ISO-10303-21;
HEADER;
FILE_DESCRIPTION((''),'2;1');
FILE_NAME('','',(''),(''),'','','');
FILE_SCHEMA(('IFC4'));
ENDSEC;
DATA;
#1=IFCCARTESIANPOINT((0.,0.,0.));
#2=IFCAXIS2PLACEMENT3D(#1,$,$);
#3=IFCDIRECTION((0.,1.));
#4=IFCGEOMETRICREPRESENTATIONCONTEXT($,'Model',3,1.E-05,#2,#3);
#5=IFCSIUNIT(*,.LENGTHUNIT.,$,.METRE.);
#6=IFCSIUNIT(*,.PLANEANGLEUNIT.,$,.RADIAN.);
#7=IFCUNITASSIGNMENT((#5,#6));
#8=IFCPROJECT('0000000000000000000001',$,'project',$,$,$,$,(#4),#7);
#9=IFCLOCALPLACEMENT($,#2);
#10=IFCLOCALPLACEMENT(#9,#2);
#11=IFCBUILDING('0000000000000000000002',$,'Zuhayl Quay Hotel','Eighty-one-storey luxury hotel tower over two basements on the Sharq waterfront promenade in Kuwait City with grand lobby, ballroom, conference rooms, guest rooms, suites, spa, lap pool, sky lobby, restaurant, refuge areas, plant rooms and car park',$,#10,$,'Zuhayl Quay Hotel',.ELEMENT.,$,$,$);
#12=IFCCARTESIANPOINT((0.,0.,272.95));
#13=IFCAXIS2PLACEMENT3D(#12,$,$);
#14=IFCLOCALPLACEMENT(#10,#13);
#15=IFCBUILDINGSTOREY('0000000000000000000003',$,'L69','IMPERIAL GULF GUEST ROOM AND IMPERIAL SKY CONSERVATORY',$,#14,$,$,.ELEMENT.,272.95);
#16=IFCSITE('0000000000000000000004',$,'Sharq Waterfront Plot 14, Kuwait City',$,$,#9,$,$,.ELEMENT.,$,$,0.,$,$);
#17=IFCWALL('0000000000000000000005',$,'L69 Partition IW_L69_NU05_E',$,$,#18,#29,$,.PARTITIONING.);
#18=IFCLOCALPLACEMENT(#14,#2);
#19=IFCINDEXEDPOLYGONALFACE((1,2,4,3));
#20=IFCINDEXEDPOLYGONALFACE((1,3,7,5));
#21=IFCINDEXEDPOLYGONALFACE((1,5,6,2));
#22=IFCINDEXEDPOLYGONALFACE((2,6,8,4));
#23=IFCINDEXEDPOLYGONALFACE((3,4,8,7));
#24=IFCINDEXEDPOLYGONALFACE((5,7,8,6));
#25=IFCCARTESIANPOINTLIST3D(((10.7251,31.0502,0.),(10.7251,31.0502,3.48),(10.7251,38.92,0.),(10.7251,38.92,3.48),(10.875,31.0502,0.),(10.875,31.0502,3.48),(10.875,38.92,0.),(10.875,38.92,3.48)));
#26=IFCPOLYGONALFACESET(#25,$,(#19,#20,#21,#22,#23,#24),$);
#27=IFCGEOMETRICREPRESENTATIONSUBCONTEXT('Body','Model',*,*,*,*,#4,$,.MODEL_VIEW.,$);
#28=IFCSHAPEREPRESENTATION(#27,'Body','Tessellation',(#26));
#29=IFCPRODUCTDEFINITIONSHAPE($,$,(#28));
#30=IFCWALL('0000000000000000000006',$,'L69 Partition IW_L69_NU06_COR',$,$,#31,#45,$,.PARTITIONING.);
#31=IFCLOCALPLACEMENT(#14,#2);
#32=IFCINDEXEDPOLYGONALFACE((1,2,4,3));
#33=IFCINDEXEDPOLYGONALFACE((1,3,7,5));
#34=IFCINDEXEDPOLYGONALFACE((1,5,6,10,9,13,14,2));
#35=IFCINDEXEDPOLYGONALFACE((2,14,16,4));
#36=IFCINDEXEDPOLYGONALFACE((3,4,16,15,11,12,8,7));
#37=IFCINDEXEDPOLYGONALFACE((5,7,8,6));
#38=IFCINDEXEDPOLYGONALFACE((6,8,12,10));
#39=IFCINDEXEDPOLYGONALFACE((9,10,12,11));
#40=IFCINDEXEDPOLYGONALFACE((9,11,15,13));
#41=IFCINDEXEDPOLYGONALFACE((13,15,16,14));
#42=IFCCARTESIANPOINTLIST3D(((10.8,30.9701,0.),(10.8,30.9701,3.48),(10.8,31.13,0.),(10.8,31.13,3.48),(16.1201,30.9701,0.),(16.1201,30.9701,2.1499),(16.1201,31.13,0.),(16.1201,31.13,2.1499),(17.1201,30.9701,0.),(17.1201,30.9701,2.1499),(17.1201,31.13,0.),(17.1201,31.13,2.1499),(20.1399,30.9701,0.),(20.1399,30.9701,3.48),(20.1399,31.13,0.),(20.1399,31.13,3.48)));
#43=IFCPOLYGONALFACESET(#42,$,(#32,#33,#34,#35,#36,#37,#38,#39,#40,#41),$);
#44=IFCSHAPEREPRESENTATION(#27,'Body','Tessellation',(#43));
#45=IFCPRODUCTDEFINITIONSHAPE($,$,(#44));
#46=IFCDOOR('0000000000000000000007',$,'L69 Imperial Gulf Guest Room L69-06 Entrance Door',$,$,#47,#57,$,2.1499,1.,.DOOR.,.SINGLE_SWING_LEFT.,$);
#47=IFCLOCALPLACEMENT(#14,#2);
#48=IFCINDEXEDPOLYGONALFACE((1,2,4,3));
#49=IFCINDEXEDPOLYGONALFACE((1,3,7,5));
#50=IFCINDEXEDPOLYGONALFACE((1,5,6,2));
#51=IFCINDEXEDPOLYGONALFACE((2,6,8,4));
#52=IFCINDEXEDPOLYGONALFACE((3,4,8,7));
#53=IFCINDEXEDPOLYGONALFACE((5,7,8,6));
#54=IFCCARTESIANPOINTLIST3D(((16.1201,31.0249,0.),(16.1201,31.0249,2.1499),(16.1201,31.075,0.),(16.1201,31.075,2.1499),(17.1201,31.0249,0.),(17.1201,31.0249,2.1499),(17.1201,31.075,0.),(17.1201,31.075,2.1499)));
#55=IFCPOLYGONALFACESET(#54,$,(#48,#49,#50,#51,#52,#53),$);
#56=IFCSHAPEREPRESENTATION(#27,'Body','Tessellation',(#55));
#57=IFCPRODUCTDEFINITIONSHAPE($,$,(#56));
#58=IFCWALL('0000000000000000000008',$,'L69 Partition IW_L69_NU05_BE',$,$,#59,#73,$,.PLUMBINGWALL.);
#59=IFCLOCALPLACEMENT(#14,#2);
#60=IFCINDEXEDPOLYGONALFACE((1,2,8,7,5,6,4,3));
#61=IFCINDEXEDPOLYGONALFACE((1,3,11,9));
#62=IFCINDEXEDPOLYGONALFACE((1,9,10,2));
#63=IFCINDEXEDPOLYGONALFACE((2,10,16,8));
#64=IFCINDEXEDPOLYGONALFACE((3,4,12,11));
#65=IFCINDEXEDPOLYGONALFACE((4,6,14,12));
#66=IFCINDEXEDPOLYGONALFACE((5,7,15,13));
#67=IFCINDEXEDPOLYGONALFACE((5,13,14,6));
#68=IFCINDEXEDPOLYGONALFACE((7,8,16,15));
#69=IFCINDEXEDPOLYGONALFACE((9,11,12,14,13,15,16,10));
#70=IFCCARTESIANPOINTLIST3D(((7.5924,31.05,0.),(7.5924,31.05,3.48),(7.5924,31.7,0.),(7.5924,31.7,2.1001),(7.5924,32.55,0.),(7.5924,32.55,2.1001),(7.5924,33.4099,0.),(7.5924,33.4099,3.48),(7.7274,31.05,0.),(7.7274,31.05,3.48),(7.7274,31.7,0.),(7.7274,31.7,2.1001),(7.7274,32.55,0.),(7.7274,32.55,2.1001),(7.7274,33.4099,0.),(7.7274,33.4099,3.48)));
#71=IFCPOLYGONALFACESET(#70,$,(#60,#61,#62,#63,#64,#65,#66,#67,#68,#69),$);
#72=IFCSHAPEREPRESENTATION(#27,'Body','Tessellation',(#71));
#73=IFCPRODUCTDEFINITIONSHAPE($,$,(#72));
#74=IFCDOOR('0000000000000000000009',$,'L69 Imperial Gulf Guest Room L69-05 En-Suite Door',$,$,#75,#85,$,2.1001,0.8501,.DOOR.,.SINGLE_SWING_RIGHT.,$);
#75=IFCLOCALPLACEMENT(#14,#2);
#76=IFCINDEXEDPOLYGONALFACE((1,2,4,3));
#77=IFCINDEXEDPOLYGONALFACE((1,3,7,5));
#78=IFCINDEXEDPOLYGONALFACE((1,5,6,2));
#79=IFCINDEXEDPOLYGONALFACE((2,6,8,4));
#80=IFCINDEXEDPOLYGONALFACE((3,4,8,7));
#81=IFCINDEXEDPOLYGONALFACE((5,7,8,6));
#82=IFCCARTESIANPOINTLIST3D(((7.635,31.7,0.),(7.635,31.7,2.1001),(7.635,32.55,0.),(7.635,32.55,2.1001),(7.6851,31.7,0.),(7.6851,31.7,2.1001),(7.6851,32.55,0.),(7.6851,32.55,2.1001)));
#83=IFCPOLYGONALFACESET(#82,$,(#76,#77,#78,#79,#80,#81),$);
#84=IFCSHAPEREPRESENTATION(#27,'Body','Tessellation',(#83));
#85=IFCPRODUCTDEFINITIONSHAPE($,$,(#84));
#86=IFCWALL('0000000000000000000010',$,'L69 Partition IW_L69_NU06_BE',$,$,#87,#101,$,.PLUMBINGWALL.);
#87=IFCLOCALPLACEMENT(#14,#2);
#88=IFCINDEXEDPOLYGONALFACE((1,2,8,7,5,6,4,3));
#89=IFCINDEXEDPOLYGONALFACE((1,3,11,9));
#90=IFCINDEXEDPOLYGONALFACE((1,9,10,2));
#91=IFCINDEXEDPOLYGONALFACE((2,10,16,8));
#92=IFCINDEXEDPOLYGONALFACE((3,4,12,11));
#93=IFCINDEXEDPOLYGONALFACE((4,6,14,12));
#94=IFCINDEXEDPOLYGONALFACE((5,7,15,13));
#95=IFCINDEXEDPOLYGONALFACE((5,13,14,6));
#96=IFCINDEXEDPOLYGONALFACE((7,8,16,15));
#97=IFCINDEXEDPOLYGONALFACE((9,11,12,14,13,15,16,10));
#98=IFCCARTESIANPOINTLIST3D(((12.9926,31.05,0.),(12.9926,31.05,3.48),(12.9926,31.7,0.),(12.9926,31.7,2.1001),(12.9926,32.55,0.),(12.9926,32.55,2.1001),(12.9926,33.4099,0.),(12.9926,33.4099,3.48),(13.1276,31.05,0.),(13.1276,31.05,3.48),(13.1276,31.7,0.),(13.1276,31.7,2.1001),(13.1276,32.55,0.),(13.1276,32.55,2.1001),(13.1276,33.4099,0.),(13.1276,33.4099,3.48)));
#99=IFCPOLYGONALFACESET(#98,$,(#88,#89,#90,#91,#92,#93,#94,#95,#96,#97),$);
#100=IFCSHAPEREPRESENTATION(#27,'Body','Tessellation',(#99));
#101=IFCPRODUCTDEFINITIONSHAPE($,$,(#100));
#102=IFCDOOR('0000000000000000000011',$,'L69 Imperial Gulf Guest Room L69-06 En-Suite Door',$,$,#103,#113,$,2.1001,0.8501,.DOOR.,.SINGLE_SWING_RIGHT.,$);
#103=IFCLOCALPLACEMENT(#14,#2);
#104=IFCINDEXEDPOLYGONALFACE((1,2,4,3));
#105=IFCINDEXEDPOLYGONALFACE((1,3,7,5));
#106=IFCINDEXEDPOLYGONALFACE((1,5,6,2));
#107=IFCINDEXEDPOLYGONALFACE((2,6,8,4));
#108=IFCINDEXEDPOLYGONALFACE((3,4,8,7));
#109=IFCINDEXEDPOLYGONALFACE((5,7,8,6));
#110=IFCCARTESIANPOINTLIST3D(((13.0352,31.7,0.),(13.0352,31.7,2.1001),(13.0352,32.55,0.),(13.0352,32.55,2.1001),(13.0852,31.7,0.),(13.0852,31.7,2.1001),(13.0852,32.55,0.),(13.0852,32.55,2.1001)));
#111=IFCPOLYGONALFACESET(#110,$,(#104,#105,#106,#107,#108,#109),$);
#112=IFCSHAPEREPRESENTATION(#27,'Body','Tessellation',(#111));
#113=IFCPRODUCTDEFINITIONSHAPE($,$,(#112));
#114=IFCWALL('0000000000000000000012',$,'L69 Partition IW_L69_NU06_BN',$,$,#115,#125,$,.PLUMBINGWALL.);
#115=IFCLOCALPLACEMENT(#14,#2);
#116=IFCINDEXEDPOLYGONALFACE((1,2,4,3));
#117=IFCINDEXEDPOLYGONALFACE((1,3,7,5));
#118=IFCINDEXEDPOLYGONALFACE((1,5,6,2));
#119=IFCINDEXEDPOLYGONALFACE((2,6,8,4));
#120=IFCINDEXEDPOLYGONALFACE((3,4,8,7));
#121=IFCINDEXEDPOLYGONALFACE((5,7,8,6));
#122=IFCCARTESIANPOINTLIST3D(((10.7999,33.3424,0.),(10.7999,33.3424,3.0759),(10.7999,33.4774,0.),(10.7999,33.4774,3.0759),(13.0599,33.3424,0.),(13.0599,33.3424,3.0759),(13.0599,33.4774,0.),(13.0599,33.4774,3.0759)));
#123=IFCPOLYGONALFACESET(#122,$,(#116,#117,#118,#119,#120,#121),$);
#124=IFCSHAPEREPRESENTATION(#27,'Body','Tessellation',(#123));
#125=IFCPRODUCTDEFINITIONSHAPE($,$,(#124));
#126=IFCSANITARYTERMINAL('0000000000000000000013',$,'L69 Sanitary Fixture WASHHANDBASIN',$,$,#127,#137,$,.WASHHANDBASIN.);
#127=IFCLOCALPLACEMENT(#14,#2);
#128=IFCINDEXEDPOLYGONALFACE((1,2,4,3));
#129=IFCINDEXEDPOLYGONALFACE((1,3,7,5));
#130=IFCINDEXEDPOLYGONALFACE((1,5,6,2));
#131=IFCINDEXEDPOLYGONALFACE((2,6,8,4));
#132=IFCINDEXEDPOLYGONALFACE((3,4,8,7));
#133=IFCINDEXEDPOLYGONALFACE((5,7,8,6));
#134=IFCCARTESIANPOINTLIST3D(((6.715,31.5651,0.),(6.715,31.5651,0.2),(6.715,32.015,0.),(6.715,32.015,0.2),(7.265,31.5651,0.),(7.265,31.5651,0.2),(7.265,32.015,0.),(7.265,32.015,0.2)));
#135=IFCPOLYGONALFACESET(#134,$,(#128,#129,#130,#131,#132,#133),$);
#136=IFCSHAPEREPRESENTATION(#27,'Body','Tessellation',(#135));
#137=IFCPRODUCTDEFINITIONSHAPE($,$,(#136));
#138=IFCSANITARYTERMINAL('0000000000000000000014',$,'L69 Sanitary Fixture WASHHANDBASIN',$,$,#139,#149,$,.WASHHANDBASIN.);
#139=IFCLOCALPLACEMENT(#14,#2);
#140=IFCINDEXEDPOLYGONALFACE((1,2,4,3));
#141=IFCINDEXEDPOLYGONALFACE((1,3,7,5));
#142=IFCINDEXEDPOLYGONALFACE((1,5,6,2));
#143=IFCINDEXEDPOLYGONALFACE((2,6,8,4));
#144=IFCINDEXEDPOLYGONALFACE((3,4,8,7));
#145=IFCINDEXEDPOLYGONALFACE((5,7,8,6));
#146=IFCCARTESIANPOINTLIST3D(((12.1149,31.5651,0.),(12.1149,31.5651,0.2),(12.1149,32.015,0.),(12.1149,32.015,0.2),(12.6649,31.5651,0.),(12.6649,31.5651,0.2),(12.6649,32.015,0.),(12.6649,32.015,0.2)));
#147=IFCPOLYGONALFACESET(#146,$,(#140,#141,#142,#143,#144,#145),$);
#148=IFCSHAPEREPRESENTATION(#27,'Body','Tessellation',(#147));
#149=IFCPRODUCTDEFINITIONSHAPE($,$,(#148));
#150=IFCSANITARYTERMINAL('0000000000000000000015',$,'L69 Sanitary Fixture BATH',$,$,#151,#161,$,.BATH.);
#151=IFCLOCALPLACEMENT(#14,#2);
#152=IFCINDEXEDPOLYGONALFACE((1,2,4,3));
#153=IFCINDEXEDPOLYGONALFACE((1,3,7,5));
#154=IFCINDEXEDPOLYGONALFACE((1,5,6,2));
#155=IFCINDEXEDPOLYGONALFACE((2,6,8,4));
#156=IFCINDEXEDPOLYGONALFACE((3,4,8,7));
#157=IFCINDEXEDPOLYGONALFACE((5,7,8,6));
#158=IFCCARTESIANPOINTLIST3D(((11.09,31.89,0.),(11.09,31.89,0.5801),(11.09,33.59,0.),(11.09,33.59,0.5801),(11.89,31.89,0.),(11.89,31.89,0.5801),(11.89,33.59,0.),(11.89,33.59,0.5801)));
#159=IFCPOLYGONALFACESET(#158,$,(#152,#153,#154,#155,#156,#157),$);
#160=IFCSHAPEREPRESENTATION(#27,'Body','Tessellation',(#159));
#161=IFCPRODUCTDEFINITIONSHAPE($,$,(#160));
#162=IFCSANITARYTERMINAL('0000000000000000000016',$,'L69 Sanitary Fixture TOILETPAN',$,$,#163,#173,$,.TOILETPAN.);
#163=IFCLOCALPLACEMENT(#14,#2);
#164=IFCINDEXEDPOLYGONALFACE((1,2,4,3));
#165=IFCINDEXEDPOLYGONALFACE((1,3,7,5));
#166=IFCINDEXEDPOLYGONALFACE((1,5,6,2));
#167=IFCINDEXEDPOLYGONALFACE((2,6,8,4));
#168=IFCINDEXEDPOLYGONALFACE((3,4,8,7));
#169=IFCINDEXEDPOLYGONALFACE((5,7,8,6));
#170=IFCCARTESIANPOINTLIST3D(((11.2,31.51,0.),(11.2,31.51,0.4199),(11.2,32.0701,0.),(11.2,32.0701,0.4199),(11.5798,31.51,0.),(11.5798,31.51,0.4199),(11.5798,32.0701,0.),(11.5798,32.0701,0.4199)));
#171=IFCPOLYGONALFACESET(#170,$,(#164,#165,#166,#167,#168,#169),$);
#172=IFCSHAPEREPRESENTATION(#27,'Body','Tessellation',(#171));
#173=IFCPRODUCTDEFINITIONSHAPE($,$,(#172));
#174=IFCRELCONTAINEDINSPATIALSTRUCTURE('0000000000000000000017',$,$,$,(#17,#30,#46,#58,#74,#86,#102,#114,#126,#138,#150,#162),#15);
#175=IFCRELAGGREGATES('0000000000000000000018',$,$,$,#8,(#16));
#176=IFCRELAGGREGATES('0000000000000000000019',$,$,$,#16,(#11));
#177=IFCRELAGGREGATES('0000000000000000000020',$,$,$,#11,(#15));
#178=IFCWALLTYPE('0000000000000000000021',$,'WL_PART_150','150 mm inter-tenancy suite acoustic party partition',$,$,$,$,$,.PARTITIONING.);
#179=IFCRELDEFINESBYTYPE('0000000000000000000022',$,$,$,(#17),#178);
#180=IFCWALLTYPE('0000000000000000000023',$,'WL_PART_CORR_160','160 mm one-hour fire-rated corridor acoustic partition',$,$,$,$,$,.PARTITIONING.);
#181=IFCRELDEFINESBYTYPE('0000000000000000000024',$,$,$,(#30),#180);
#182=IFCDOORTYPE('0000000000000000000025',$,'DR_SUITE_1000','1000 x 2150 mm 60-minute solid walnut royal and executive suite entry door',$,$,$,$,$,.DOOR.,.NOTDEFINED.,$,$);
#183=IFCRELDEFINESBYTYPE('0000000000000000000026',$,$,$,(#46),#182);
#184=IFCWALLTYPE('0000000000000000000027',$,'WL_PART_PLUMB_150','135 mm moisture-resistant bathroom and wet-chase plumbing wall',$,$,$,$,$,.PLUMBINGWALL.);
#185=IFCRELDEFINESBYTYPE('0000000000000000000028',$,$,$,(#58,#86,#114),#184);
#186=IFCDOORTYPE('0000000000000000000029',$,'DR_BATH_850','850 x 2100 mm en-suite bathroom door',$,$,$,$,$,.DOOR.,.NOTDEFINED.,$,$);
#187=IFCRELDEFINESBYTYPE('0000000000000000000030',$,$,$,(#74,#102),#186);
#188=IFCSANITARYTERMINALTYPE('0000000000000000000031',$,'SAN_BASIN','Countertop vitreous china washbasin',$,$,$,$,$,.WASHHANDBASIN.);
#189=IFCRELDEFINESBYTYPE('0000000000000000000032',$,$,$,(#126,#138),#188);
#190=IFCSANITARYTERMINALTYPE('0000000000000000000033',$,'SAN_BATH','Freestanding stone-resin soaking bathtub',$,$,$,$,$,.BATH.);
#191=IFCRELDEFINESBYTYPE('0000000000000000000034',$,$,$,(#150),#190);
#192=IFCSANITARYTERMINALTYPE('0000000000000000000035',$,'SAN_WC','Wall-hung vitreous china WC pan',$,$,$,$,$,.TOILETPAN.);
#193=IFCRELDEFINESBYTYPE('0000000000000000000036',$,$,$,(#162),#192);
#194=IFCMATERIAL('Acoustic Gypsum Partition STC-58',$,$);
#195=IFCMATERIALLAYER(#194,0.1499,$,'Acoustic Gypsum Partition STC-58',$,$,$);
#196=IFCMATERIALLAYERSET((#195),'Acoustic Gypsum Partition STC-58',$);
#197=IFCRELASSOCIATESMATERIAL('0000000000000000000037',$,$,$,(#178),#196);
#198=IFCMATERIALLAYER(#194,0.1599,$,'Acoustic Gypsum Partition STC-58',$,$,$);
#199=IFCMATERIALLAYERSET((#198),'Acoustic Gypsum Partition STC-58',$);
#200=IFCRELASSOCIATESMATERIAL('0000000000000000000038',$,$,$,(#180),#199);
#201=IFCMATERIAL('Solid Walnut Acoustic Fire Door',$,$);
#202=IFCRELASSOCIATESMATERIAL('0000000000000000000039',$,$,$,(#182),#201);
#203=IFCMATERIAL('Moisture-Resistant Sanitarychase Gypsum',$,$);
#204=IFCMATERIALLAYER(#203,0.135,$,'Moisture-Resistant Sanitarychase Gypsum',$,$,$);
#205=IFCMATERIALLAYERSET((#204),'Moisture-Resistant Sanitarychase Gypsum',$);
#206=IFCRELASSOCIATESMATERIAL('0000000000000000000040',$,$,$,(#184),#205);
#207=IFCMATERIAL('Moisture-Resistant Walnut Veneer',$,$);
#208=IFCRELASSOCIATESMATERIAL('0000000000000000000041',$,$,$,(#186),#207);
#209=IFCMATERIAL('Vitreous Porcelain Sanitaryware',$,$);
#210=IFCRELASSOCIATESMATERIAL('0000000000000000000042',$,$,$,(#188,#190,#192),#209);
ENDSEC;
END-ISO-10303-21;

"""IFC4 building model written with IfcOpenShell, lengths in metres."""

from ifc_helpers import new_model, si_unit, direction, frame, frame_2d, origin, origin_2d, place, context, subcontext, project, spatial, rectangle, extrude, material, layer, layer_set, type_object, element, fill, save


model = new_model("IFC4")

# Units and contexts
model_context = context("Model", 3, precision=1e-05, world=origin(), true_north=direction((0.0, 1.0)))
body_context = subcontext(model_context, "Body", "Model", "MODEL_VIEW")
ifc_project = project(units=[si_unit("LENGTHUNIT", "METRE"), si_unit("PLANEANGLEUNIT", "RADIAN")], contexts=[model_context])

# Site, building, storey
site_placement = place(None, origin())
site = spatial("IfcSite", under=ifc_project, at=site_placement, Name="Sharq Waterfront Plot 14, Kuwait City", CompositionType="ELEMENT", RefElevation=0.0)
building_placement = place(site_placement, origin())
building = spatial("IfcBuilding", under=site, at=building_placement, Name="Zuhayl Quay Hotel", Description="Eighty-one-storey luxury hotel tower over two basements on the Sharq waterfront promenade in Kuwait City with grand lobby, ballroom, conference rooms, guest rooms, suites, spa, lap pool, sky lobby, restaurant, refuge areas, plant rooms and car park", LongName="Zuhayl Quay Hotel", CompositionType="ELEMENT")
storey_placement = place(building_placement, frame((0.0, 0.0, 272.95)))
storey = spatial("IfcBuildingStorey", under=building, at=storey_placement, Name="L69", Description="IMPERIAL GULF GUEST ROOM AND IMPERIAL SKY CONSERVATORY", CompositionType="ELEMENT", Elevation=272.95)

# Wall
ifc_material_1 = material(Name="Acoustic Gypsum Partition STC-58")
ifc_layer_1 = layer(ifc_material_1, 0.1499, Name="Acoustic Gypsum Partition STC-58")
ifc_layer_set_1 = layer_set([ifc_layer_1], Name="Acoustic Gypsum Partition STC-58")
wall_type_1 = type_object("IfcWallType", Name="WL_PART_150", Description="150 mm inter-tenancy suite acoustic party partition", PredefinedType="PARTITIONING", material=ifc_layer_set_1)
wall_1_placement = place(storey_placement, frame((10.8, 31.05, 0.0), z_axis=(0.0, 0.0, 1.0), x_axis=(0.0, 1.0, 0.0)))
element("IfcWall", 1, at=wall_1_placement, inside=storey, type_object=wall_type_1, Name="L69 Partition IW_L69_NU05_E", PredefinedType="PARTITIONING", context=body_context, shape_type="SweptSolid", body=[
    extrude(rectangle(XDim=7.8699, YDim=0.1499, at=frame_2d((3.9351, 0.0))), origin(), (0.0, 0.0, 1.0), 3.48),
])

# Walls, openings, doors
ifc_layer_2 = layer(ifc_material_1, 0.1599, Name="Acoustic Gypsum Partition STC-58")
ifc_layer_set_2 = layer_set([ifc_layer_2], Name="Acoustic Gypsum Partition STC-58")
wall_type_2 = type_object("IfcWallType", Name="WL_PART_CORR_160", Description="160 mm one-hour fire-rated corridor acoustic partition", PredefinedType="PARTITIONING", material=ifc_layer_set_2)
wall_2_placement = place(storey_placement, frame((10.8, 31.05, 0.0), z_axis=(0.0, 0.0, 1.0), x_axis=(1.0, 0.0, 0.0)))
wall_2 = element("IfcWall", 2, at=wall_2_placement, inside=storey, type_object=wall_type_2, Name="L69 Partition IW_L69_NU06_COR", PredefinedType="PARTITIONING", context=body_context, shape_type="SweptSolid", body=[
    extrude(rectangle(XDim=9.3398, YDim=0.1599, at=frame_2d((4.6699, 0.0))), origin(), (0.0, 0.0, 1.0), 3.48),
])
opening_1_placement = place(wall_2_placement, frame((5.3201, 0.0, 0.0)))
opening_1 = element("IfcOpeningElement", 3, at=opening_1_placement, cuts=wall_2, PredefinedType="OPENING", context=body_context, shape_type="SweptSolid", body=[
    extrude(rectangle(XDim=1.0, YDim=2.1499, at=frame_2d((0.5, 1.075))), frame((0.0, 0.0898, 0.0), z_axis=(0.0, -1.0, 0.0), x_axis=(1.0, 0.0, 0.0)), (0.0, 0.0, 1.0), 0.1799),
])
ifc_material_2 = material(Name="Solid Walnut Acoustic Fire Door")
door_type_1 = type_object("IfcDoorType", Name="DR_SUITE_1000", Description="1000 x 2150 mm 60-minute solid walnut royal and executive suite entry door", OperationType="NOTDEFINED", PredefinedType="DOOR", material=ifc_material_2)
door_1_placement = place(opening_1_placement, origin())
door_1 = element("IfcDoor", 4, at=door_1_placement, inside=storey, type_object=door_type_1, Name="L69 Imperial Gulf Guest Room L69-06 Entrance Door", OperationType="SINGLE_SWING_LEFT", OverallHeight=2.1499, OverallWidth=1.0, PredefinedType="DOOR", context=body_context, shape_type="SweptSolid", body=[
    extrude(rectangle(XDim=1.0, YDim=2.1499, at=frame_2d((0.5, 1.075))), frame((0.0, 0.0249, 0.0), z_axis=(0.0, -1.0, 0.0), x_axis=(1.0, 0.0, 0.0)), (0.0, 0.0, 1.0), 0.05),
])
fill(opening_1, door_1)
ifc_material_3 = material(Name="Moisture-Resistant Sanitarychase Gypsum")
ifc_layer_3 = layer(ifc_material_3, 0.135, Name="Moisture-Resistant Sanitarychase Gypsum")
ifc_layer_set_3 = layer_set([ifc_layer_3], Name="Moisture-Resistant Sanitarychase Gypsum")
wall_type_3 = type_object("IfcWallType", Name="WL_PART_PLUMB_150", Description="135 mm moisture-resistant bathroom and wet-chase plumbing wall", PredefinedType="PLUMBINGWALL", material=ifc_layer_set_3)
wall_3_placement = place(storey_placement, frame((7.6599, 31.05, 0.0), z_axis=(0.0, 0.0, 1.0), x_axis=(0.0, 1.0, 0.0)))
wall_3 = element("IfcWall", 5, at=wall_3_placement, inside=storey, type_object=wall_type_3, Name="L69 Partition IW_L69_NU05_BE", PredefinedType="PLUMBINGWALL", context=body_context, shape_type="SweptSolid", body=[
    extrude(rectangle(XDim=2.3599, YDim=0.135, at=frame_2d((1.1799, 0.0))), origin(), (0.0, 0.0, 1.0), 3.48),
])
opening_2_placement = place(wall_3_placement, frame((0.6499, 0.0, 0.0)))
opening_2 = element("IfcOpeningElement", 6, at=opening_2_placement, cuts=wall_3, PredefinedType="OPENING", context=body_context, shape_type="SweptSolid", body=[
    extrude(rectangle(XDim=0.8501, YDim=2.1001, at=frame_2d((0.425, 1.05))), frame((0.0, 0.0774, 0.0), z_axis=(0.0, -1.0, 0.0), x_axis=(1.0, 0.0, 0.0)), (0.0, 0.0, 1.0), 0.155),
])
ifc_material_4 = material(Name="Moisture-Resistant Walnut Veneer")
door_type_2 = type_object("IfcDoorType", Name="DR_BATH_850", Description="850 x 2100 mm en-suite bathroom door", OperationType="NOTDEFINED", PredefinedType="DOOR", material=ifc_material_4)
door_2_placement = place(opening_2_placement, origin())
door_2 = element("IfcDoor", 7, at=door_2_placement, inside=storey, type_object=door_type_2, Name="L69 Imperial Gulf Guest Room L69-05 En-Suite Door", OperationType="SINGLE_SWING_RIGHT", OverallHeight=2.1001, OverallWidth=0.8501, PredefinedType="DOOR", context=body_context, shape_type="SweptSolid", body=[
    extrude(rectangle(XDim=0.8501, YDim=2.1001, at=frame_2d((0.425, 1.05))), frame((0.0, 0.0249, 0.0), z_axis=(0.0, -1.0, 0.0), x_axis=(1.0, 0.0, 0.0)), (0.0, 0.0, 1.0), 0.05),
])
fill(opening_2, door_2)
wall_4_placement = place(storey_placement, frame((13.0601, 31.05, 0.0), z_axis=(0.0, 0.0, 1.0), x_axis=(0.0, 1.0, 0.0)))
wall_4 = element("IfcWall", 8, at=wall_4_placement, inside=storey, type_object=wall_type_3, Name="L69 Partition IW_L69_NU06_BE", PredefinedType="PLUMBINGWALL", context=body_context, shape_type="SweptSolid", body=[
    extrude(rectangle(XDim=2.3599, YDim=0.135, at=frame_2d((1.1799, 0.0))), origin(), (0.0, 0.0, 1.0), 3.48),
])
opening_3_placement = place(wall_4_placement, frame((0.6499, 0.0, 0.0)))
opening_3 = element("IfcOpeningElement", 9, at=opening_3_placement, cuts=wall_4, PredefinedType="OPENING", context=body_context, shape_type="SweptSolid", body=[
    extrude(rectangle(XDim=0.8501, YDim=2.1001, at=frame_2d((0.425, 1.05))), frame((0.0, 0.0774, 0.0), z_axis=(0.0, -1.0, 0.0), x_axis=(1.0, 0.0, 0.0)), (0.0, 0.0, 1.0), 0.155),
])
door_3_placement = place(opening_3_placement, origin())
door_3 = element("IfcDoor", 10, at=door_3_placement, inside=storey, type_object=door_type_2, Name="L69 Imperial Gulf Guest Room L69-06 En-Suite Door", OperationType="SINGLE_SWING_RIGHT", OverallHeight=2.1001, OverallWidth=0.8501, PredefinedType="DOOR", context=body_context, shape_type="SweptSolid", body=[
    extrude(rectangle(XDim=0.8501, YDim=2.1001, at=frame_2d((0.425, 1.05))), frame((0.0, 0.0249, 0.0), z_axis=(0.0, -1.0, 0.0), x_axis=(1.0, 0.0, 0.0)), (0.0, 0.0, 1.0), 0.05),
])
fill(opening_3, door_3)

# Wall
wall_5_placement = place(storey_placement, frame((10.8, 33.4099, 0.0), z_axis=(0.0, 0.0, 1.0), x_axis=(1.0, 0.0, 0.0)))
element("IfcWall", 11, at=wall_5_placement, inside=storey, type_object=wall_type_3, Name="L69 Partition IW_L69_NU06_BN", PredefinedType="PLUMBINGWALL", context=body_context, shape_type="SweptSolid", body=[
    extrude(rectangle(XDim=2.26, YDim=0.135, at=frame_2d((1.1299, 0.0))), origin(), (0.0, 0.0, 1.0), 3.0759),
])

# Sanitary terminals
ifc_material_5 = material(Name="Vitreous Porcelain Sanitaryware")
sanitary_terminal_type_1 = type_object("IfcSanitaryTerminalType", Name="SAN_BASIN", Description="Countertop vitreous china washbasin", PredefinedType="WASHHANDBASIN", material=ifc_material_5)
for number, where, z_axis, x_axis, name in (
    (12, (6.99, 31.79, 0.0), (0.0, 0.0, 1.0), (1.0, 0.0, 0.0), "L69 Sanitary Fixture WASHHANDBASIN"),
    (13, (12.3899, 31.79, 0.0), (0.0, 0.0, 1.0), (1.0, 0.0, 0.0), "L69 Sanitary Fixture WASHHANDBASIN"),
):
    element("IfcSanitaryTerminal", number, at=place(storey_placement, frame(where, z_axis=z_axis, x_axis=x_axis)), inside=storey, type_object=sanitary_terminal_type_1, Name=name, PredefinedType="WASHHANDBASIN", context=body_context, shape_type="SweptSolid", body=[
        extrude(rectangle(XDim=0.55, YDim=0.45, at=origin_2d()), origin(), (0.0, 0.0, 1.0), 0.2),
    ])
sanitary_terminal_type_2 = type_object("IfcSanitaryTerminalType", Name="SAN_BATH", Description="Freestanding stone-resin soaking bathtub", PredefinedType="BATH", material=ifc_material_5)
sanitary_terminal_1_placement = place(storey_placement, frame((11.49, 32.74, 0.0), z_axis=(0.0, 0.0, 1.0), x_axis=(1.0, 0.0, 0.0)))
element("IfcSanitaryTerminal", 14, at=sanitary_terminal_1_placement, inside=storey, type_object=sanitary_terminal_type_2, Name="L69 Sanitary Fixture BATH", PredefinedType="BATH", context=body_context, shape_type="SweptSolid", body=[
    extrude(rectangle(XDim=0.8, YDim=1.7, at=origin_2d()), origin(), (0.0, 0.0, 1.0), 0.5801),
])
sanitary_terminal_type_3 = type_object("IfcSanitaryTerminalType", Name="SAN_WC", Description="Wall-hung vitreous china WC pan", PredefinedType="TOILETPAN", material=ifc_material_5)
sanitary_terminal_2_placement = place(storey_placement, frame((11.3899, 31.79, 0.0), z_axis=(0.0, 0.0, 1.0), x_axis=(1.0, 0.0, 0.0)))
element("IfcSanitaryTerminal", 15, at=sanitary_terminal_2_placement, inside=storey, type_object=sanitary_terminal_type_3, Name="L69 Sanitary Fixture TOILETPAN", PredefinedType="TOILETPAN", context=body_context, shape_type="SweptSolid", body=[
    extrude(rectangle(XDim=0.3799, YDim=0.5601, at=origin_2d()), origin(), (0.0, 0.0, 1.0), 0.4199),
])

save(model, "model.ifc")
